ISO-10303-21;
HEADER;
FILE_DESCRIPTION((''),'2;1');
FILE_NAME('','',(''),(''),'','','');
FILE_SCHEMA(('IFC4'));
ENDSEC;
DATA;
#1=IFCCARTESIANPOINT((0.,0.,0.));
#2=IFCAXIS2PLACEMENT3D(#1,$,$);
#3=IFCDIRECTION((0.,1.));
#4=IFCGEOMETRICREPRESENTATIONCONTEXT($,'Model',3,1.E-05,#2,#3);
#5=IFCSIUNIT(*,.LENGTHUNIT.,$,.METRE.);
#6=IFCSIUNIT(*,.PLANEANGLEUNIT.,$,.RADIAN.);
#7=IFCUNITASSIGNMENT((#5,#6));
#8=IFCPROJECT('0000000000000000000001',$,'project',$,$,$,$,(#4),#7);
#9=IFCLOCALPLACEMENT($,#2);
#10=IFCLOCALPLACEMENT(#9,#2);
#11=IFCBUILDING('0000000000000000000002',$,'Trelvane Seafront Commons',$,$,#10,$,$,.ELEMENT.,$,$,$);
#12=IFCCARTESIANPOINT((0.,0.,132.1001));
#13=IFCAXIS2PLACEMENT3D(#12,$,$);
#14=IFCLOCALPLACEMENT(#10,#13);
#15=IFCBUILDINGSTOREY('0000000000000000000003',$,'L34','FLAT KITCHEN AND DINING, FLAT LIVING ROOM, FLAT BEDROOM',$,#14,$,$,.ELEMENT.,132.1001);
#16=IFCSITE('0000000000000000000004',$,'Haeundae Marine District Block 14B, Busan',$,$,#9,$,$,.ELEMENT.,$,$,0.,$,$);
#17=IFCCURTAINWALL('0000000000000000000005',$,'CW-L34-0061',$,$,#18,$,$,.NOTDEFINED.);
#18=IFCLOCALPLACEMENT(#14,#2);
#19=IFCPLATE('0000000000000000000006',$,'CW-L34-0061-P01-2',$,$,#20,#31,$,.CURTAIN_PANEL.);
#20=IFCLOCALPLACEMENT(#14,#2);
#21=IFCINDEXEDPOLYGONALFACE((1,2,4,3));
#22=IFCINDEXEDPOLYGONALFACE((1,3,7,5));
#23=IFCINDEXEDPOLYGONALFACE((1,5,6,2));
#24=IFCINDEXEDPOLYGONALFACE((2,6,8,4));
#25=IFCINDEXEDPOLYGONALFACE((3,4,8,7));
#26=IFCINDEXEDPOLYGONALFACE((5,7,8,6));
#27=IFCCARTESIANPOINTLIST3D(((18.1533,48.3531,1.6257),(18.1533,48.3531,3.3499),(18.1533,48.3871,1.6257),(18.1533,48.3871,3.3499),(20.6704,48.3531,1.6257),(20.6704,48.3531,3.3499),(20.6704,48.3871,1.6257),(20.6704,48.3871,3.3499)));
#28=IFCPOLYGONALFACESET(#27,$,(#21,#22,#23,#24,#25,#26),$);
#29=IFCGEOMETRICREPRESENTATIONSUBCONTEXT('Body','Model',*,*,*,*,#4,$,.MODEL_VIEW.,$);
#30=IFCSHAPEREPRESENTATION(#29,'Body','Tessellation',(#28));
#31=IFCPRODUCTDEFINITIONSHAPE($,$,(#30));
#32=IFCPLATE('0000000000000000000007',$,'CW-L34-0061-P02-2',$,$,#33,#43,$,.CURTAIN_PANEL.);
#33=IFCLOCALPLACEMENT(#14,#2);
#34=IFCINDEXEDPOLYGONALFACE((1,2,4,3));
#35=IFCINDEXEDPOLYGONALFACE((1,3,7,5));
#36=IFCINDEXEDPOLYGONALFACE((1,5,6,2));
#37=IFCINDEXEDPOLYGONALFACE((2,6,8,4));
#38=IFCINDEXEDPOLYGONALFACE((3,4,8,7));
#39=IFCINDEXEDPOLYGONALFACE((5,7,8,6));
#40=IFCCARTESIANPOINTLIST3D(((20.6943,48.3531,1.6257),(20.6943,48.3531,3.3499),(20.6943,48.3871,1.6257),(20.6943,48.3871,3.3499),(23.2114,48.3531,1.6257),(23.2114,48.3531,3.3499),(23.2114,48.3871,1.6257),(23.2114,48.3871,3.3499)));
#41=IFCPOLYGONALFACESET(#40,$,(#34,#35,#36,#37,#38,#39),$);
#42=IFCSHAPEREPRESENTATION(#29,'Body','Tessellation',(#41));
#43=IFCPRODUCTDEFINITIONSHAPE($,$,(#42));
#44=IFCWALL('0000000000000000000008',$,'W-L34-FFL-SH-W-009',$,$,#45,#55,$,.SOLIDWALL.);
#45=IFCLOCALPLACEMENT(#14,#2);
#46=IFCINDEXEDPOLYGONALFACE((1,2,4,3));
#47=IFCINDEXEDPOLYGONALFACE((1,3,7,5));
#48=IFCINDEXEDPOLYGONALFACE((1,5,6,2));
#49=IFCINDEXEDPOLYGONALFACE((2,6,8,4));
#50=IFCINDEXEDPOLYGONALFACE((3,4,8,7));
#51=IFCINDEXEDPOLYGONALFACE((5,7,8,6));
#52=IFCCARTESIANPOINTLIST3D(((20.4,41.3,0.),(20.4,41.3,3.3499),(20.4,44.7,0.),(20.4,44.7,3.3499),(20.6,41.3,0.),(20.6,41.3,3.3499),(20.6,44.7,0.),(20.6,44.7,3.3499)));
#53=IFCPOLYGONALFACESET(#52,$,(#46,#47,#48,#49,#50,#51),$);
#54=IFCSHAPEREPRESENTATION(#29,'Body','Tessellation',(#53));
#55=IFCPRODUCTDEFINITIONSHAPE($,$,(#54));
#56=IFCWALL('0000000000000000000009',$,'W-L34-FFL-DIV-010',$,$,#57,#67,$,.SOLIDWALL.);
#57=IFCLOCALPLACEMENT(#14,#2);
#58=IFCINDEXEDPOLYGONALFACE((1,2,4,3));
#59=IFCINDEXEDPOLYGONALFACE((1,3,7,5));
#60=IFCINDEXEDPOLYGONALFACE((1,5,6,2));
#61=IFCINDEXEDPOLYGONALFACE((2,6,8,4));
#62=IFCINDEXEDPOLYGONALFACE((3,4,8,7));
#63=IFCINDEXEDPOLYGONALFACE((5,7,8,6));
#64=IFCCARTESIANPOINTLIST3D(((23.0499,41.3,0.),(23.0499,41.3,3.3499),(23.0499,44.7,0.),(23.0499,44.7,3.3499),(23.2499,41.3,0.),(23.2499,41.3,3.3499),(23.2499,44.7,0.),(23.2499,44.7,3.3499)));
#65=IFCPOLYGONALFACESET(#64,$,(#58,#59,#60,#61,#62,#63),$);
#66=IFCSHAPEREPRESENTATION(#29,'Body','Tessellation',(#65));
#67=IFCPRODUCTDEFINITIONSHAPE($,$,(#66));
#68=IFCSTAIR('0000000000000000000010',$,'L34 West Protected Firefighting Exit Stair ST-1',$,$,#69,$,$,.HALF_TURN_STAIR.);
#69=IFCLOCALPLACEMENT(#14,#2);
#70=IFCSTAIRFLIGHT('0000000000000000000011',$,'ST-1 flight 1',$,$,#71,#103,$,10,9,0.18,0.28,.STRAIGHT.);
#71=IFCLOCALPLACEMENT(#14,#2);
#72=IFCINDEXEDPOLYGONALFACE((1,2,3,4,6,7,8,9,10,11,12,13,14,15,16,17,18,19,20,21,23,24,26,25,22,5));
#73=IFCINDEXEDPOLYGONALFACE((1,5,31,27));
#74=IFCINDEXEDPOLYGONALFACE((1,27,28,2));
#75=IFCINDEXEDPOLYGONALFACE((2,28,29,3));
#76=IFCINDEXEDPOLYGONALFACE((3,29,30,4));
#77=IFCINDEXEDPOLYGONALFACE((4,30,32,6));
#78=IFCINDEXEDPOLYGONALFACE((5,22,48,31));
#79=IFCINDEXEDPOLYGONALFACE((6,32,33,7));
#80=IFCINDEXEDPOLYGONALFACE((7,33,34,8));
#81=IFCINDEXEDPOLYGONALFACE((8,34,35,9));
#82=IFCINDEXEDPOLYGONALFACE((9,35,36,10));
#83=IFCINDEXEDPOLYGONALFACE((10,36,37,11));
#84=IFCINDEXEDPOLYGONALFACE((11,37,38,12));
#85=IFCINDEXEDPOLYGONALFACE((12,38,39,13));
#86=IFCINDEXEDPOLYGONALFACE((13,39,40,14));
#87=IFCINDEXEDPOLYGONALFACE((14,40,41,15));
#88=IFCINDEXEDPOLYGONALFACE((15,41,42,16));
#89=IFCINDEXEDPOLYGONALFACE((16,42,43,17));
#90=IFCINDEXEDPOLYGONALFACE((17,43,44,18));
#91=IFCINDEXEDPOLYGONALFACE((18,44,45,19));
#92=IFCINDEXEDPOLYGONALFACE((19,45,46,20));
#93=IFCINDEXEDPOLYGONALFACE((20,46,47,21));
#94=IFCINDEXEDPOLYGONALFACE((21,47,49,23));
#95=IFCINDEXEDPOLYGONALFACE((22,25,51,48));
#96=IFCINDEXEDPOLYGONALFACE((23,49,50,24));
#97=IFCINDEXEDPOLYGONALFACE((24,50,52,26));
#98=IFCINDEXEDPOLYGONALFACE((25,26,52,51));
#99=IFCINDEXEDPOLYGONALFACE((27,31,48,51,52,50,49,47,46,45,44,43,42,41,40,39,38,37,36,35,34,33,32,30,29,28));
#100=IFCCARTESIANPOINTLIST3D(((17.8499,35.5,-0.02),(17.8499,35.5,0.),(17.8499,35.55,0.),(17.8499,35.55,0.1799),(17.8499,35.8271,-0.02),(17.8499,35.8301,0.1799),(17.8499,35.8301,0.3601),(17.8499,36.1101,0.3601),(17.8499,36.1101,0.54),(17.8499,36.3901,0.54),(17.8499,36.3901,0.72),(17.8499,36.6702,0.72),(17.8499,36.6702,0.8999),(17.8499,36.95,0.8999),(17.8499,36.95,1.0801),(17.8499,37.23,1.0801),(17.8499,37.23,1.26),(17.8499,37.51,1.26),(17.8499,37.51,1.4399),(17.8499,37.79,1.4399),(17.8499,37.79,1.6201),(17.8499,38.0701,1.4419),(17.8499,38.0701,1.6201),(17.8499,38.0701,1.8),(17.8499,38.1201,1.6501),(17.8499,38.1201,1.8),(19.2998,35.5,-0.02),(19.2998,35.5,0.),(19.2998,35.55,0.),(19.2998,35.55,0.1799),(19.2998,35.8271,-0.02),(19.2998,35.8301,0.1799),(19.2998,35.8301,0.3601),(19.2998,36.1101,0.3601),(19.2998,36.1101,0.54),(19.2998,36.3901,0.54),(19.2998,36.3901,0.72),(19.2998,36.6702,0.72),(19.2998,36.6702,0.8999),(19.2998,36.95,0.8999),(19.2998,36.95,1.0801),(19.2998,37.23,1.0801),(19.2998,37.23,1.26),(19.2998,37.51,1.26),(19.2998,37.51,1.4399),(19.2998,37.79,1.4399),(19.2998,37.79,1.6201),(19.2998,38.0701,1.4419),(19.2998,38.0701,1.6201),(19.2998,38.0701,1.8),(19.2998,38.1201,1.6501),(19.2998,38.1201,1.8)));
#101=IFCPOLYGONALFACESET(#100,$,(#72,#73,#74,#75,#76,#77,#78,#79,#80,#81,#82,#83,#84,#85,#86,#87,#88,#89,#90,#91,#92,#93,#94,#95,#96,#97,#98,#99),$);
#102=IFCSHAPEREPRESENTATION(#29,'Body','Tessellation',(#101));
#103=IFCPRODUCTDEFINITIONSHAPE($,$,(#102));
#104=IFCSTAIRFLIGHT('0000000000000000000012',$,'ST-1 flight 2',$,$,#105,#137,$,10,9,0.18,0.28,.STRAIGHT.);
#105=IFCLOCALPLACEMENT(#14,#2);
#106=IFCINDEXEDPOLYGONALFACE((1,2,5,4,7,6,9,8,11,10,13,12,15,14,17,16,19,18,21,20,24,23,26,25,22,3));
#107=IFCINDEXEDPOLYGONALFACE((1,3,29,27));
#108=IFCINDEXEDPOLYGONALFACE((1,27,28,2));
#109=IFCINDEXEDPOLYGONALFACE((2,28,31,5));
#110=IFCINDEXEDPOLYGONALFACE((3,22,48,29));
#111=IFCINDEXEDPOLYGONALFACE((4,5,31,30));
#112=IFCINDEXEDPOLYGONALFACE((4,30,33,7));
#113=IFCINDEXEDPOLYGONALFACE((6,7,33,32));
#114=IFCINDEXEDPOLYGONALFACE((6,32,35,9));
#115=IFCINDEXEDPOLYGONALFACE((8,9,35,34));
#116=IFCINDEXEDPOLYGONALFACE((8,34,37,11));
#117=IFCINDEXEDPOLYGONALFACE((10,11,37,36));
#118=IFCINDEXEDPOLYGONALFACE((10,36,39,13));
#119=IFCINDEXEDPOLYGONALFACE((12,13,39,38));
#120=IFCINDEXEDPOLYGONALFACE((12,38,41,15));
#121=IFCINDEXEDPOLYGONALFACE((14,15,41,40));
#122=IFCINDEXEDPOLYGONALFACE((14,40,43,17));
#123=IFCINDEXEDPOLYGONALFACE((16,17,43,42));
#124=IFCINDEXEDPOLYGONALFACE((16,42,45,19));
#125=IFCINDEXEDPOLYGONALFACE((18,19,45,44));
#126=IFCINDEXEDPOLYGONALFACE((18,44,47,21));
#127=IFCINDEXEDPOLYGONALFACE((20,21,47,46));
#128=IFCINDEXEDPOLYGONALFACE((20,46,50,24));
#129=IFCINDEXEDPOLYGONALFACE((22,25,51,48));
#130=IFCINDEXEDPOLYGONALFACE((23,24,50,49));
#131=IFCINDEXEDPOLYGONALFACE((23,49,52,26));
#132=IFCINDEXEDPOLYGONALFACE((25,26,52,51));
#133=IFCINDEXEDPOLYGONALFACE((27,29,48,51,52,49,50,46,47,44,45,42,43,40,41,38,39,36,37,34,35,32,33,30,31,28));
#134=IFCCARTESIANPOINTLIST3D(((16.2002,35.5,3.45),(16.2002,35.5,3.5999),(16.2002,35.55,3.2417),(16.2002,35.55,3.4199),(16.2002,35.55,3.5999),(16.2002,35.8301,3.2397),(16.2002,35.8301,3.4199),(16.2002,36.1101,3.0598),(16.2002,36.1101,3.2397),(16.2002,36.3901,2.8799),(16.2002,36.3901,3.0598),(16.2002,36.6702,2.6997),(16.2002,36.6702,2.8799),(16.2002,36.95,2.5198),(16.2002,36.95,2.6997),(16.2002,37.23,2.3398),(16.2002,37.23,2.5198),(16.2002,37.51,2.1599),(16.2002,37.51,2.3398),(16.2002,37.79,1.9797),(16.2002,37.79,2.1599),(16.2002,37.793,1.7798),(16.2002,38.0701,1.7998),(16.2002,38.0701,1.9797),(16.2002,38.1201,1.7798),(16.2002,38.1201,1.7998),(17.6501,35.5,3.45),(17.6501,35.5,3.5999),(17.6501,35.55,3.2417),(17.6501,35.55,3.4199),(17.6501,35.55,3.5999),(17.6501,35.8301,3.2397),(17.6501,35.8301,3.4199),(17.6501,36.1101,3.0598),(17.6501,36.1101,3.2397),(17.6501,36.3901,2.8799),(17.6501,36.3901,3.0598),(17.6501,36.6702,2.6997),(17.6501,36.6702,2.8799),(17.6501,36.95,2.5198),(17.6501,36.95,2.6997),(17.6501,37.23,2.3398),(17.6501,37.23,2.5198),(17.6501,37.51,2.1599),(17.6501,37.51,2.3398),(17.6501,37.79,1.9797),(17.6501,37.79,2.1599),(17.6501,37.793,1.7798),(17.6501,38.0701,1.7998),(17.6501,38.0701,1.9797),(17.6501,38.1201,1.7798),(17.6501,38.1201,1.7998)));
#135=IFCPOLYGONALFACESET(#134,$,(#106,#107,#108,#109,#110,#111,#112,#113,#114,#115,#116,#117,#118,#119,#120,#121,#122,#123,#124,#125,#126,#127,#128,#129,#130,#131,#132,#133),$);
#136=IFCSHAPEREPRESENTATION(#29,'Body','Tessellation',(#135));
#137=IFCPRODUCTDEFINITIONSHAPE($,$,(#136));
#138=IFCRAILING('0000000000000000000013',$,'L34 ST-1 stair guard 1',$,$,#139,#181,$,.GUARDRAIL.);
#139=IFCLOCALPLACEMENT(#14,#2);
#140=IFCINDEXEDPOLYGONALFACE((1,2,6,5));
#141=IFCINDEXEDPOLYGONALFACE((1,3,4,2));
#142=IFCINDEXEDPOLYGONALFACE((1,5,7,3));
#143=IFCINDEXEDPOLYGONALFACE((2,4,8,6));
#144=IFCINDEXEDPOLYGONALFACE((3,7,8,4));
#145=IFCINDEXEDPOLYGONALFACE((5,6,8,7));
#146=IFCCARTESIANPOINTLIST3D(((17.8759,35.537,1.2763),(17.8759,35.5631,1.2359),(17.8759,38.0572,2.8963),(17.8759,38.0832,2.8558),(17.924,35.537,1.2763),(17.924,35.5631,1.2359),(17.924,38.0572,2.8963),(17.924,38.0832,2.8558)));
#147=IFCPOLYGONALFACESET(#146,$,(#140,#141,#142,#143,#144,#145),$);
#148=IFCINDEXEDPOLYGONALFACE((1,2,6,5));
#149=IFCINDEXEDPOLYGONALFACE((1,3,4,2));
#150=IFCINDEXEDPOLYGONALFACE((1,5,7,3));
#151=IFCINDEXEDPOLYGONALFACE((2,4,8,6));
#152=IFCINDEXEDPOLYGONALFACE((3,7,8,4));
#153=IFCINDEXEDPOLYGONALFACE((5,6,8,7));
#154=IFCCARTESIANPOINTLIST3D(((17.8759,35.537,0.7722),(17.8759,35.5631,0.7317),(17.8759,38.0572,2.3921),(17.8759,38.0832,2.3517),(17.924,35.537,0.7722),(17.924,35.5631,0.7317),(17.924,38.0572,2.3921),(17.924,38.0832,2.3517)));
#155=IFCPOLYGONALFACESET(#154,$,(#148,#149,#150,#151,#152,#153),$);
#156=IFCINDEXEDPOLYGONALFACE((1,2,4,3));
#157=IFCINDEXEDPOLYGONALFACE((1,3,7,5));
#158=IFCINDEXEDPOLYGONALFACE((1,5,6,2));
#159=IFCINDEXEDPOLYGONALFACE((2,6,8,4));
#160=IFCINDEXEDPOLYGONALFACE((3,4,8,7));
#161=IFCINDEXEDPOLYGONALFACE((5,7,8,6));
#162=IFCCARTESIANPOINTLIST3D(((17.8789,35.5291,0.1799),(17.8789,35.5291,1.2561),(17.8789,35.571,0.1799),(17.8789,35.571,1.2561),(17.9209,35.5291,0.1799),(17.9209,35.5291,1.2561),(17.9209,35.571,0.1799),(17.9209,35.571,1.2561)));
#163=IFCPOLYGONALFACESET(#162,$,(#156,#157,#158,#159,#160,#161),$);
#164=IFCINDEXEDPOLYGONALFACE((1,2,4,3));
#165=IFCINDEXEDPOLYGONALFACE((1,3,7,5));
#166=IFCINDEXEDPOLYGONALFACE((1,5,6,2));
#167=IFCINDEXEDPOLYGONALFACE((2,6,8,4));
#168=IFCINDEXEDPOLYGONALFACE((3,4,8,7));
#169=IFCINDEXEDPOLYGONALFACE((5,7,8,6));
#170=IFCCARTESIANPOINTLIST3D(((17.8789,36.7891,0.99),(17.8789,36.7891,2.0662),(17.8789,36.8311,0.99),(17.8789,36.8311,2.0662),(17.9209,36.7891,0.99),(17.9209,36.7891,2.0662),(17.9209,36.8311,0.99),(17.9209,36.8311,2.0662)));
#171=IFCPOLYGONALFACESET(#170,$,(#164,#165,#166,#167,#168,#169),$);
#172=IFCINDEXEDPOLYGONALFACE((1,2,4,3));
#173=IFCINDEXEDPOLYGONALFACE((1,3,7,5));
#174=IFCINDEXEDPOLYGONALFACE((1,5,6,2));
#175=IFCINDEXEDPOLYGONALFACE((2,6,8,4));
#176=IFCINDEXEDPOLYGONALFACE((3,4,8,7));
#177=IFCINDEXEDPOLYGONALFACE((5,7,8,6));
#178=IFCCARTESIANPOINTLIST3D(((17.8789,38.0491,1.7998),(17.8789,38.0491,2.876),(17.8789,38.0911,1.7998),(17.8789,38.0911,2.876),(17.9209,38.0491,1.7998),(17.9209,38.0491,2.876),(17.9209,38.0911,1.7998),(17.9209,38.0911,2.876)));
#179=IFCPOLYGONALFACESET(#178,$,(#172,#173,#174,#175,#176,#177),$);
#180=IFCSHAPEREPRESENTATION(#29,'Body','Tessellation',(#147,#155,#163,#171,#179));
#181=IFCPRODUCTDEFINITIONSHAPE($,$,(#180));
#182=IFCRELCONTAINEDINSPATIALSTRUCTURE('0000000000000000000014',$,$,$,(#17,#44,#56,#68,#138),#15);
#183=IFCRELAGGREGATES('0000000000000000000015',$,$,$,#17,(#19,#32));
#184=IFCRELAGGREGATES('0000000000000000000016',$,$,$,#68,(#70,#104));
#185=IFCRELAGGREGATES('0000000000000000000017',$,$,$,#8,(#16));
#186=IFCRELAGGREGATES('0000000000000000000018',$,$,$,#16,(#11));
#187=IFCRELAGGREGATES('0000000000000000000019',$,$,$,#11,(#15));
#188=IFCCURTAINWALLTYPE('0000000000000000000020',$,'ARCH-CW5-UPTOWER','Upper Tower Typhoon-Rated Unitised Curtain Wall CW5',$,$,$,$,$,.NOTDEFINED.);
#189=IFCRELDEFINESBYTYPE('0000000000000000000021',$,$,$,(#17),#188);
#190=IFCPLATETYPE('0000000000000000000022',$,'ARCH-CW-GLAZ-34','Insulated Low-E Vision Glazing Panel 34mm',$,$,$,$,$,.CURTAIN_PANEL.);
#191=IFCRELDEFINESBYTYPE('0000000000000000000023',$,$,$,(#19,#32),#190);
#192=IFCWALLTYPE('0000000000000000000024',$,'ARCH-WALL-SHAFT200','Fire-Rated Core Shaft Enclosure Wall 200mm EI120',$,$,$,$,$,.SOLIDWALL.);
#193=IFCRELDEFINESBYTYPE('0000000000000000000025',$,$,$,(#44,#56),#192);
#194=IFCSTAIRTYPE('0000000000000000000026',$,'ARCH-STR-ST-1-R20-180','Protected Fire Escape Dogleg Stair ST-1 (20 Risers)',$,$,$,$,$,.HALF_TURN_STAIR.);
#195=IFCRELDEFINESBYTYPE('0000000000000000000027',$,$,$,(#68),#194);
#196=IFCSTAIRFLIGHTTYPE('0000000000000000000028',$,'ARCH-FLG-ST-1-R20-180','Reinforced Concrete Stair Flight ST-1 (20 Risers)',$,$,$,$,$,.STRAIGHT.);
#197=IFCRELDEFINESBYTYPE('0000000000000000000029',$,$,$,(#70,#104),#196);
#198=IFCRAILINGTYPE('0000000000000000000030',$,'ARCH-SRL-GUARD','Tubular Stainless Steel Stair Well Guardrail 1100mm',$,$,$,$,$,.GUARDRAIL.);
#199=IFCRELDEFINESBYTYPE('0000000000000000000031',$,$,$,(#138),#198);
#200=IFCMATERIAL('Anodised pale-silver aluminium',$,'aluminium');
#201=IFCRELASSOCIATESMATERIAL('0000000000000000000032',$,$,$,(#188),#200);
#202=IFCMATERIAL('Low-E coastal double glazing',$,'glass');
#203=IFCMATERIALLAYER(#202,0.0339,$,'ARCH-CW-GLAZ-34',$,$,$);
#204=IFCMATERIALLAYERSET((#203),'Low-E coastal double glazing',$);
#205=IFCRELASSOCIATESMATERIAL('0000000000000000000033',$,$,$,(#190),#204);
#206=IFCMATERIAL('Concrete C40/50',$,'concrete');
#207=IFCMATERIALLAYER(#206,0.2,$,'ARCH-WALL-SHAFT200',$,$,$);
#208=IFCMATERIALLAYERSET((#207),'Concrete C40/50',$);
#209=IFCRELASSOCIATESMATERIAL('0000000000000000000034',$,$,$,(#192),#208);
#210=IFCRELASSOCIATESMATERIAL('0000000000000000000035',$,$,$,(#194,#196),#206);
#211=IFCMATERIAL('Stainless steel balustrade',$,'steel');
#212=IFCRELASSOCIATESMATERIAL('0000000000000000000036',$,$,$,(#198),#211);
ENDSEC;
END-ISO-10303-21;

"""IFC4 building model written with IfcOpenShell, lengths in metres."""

from ifc_helpers import new_model, si_unit, direction, frame, frame_2d, origin, origin_2d, place, context, subcontext, project, spatial, polyline, rectangle, outline, extrude, source, transform, mapped, material, layer, layer_set, type_object, element, aggregate, save


model = new_model("IFC4")

# Units and contexts
model_context = context("Model", 3, precision=1e-05, world=origin(), true_north=direction((0.0, 1.0)))
body_context = subcontext(model_context, "Body", "Model", "MODEL_VIEW")
ifc_project = project(units=[si_unit("LENGTHUNIT", "METRE"), si_unit("PLANEANGLEUNIT", "RADIAN")], contexts=[model_context])

# Site, building, storey
site_placement = place(None, origin())
site = spatial("IfcSite", under=ifc_project, at=site_placement, Name="Haeundae Marine District Block 14B, Busan", CompositionType="ELEMENT", RefElevation=0.0)
building_placement = place(site_placement, origin())
building = spatial("IfcBuilding", under=site, at=building_placement, Name="Trelvane Seafront Commons", CompositionType="ELEMENT")
storey_placement = place(building_placement, frame((0.0, 0.0, 132.1001)))
storey = spatial("IfcBuildingStorey", under=building, at=storey_placement, Name="L34", Description="FLAT KITCHEN AND DINING, FLAT LIVING ROOM, FLAT BEDROOM", CompositionType="ELEMENT", Elevation=132.1001)

# Curtain wall
ifc_material_1 = material(Name="Anodised pale-silver aluminium", Category="aluminium")
curtain_wall_type = type_object("IfcCurtainWallType", Name="ARCH-CW5-UPTOWER", Description="Upper Tower Typhoon-Rated Unitised Curtain Wall CW5", PredefinedType="NOTDEFINED", material=ifc_material_1)
curtain_wall_placement = place(storey_placement, origin())
curtain_wall = element("IfcCurtainWall", 1, at=curtain_wall_placement, inside=storey, type_object=curtain_wall_type, Name="CW-L34-0061", PredefinedType="NOTDEFINED")

# Plates
ifc_material_2 = material(Name="Low-E coastal double glazing", Category="glass")
ifc_layer_1 = layer(ifc_material_2, 0.0339, Name="ARCH-CW-GLAZ-34")
ifc_layer_set_1 = layer_set([ifc_layer_1], Name="Low-E coastal double glazing")
plate_type_1 = type_object("IfcPlateType", Name="ARCH-CW-GLAZ-34", Description="Insulated Low-E Vision Glazing Panel 34mm", PredefinedType="CURTAIN_PANEL", material=ifc_layer_set_1)
shared_shape_1 = source(origin(), body_context, "Body", "SweptSolid", [
    extrude(rectangle(XDim=2.5171, YDim=0.0339, at=origin_2d()), origin(), (0.0, 0.0, 1.0), 1.7241),
])
plate_1_placement = place(storey_placement, frame((19.4119, 48.3701, 1.6257), z_axis=(0.0, 0.0, 1.0), x_axis=(1.0, 0.0, 0.0)))
plate_1 = element("IfcPlate", 2, at=plate_1_placement, type_object=plate_type_1, Name="CW-L34-0061-P01-2", PredefinedType="CURTAIN_PANEL", context=body_context, shape_type="MappedRepresentation", body=[
    mapped(shared_shape_1, transform((0.0, 0.0, 0.0), x_axis=(1.0, 0.0, 0.0), y_axis=(0.0, 1.0, 0.0), z_axis=(0.0, 0.0, 1.0), scale=1.0)),
])
plate_2_placement = place(storey_placement, frame((21.9529, 48.3701, 1.6257), z_axis=(0.0, 0.0, 1.0), x_axis=(1.0, 0.0, 0.0)))
plate_2 = element("IfcPlate", 3, at=plate_2_placement, type_object=plate_type_1, Name="CW-L34-0061-P02-2", PredefinedType="CURTAIN_PANEL", context=body_context, shape_type="MappedRepresentation", body=[
    mapped(shared_shape_1, transform((0.0, 0.0, 0.0), x_axis=(1.0, 0.0, 0.0), y_axis=(0.0, 1.0, 0.0), z_axis=(0.0, 0.0, 1.0), scale=1.0)),
])
aggregate(curtain_wall, [plate_1, plate_2])

# Shared definitions
ifc_material_3 = material(Name="Concrete C40/50", Category="concrete")
ifc_layer_2 = layer(ifc_material_3, 0.2, Name="ARCH-WALL-SHAFT200")
ifc_layer_set_2 = layer_set([ifc_layer_2], Name="Concrete C40/50")
wall_type = type_object("IfcWallType", Name="ARCH-WALL-SHAFT200", Description="Fire-Rated Core Shaft Enclosure Wall 200mm EI120", PredefinedType="SOLIDWALL", material=ifc_layer_set_2)
ifc_material_4 = material(Name="Stainless steel balustrade", Category="steel")

# Walls
for number, where, z_axis, x_axis, name in (
    (4, (20.5, 41.3, 0.0), (0.0, 0.0, 1.0), (0.0, 1.0, 0.0), "W-L34-FFL-SH-W-009"),
    (5, (23.1499, 41.3, 0.0), (0.0, 0.0, 1.0), (0.0, 1.0, 0.0), "W-L34-FFL-DIV-010"),
):
    element("IfcWall", number, at=place(storey_placement, frame(where, z_axis=z_axis, x_axis=x_axis)), inside=storey, type_object=wall_type, Name=name, PredefinedType="SOLIDWALL", context=body_context, shape_type="SweptSolid", body=[
        extrude(rectangle(XDim=3.3999, YDim=0.2, at=frame_2d((1.7, 0.0))), origin(), (0.0, 0.0, 1.0), 3.3499),
    ])

# Stair, stair flights
stair_type = type_object("IfcStairType", Name="ARCH-STR-ST-1-R20-180", Description="Protected Fire Escape Dogleg Stair ST-1 (20 Risers)", PredefinedType="HALF_TURN_STAIR", material=ifc_material_3)
stair_placement = place(storey_placement, origin())
stair = element("IfcStair", 6, at=stair_placement, inside=storey, type_object=stair_type, Name="L34 West Protected Firefighting Exit Stair ST-1", PredefinedType="HALF_TURN_STAIR")
stair_flight_type = type_object("IfcStairFlightType", Name="ARCH-FLG-ST-1-R20-180", Description="Reinforced Concrete Stair Flight ST-1 (20 Risers)", PredefinedType="STRAIGHT", material=ifc_material_3)
shared_shape_2 = source(origin(), body_context, "Body", "SweptSolid", [
    extrude(outline(polyline([(-0.05, -0.02), (-0.05, 0.0), (0.0, 0.0), (0.0, 0.1799), (0.28, 0.1799), (0.28, 0.3601), (0.5601, 0.3601), (0.5601, 0.54), (0.8401, 0.54), (0.8401, 0.72), (1.1201, 0.72), (1.1201, 0.8999), (1.3999, 0.8999), (1.3999, 1.0801), (1.6799, 1.0801), (1.6799, 1.26), (1.96, 1.26), (1.96, 1.4399), (2.24, 1.4399), (2.24, 1.6201), (2.52, 1.6201), (2.52, 1.8), (2.5701, 1.8), (2.5701, 1.6501), (2.52, 1.4419), (0.2771, -0.02), (-0.05, -0.02)])), frame((0.0, 0.7251, 0.0), z_axis=(0.0, -1.0, 0.0), x_axis=(1.0, 0.0, 0.0)), (0.0, 0.0, 1.0), 1.45),
])
stair_flight_1_placement = place(storey_placement, frame((18.575, 35.55, 0.0), z_axis=(0.0, 0.0, 1.0), x_axis=(0.0, 1.0, 0.0)))
stair_flight_1 = element("IfcStairFlight", 7, at=stair_flight_1_placement, type_object=stair_flight_type, Name="ST-1 flight 1", NumberOfRisers=10, NumberOfTreads=9, PredefinedType="STRAIGHT", RiserHeight=0.18, TreadLength=0.28, context=body_context, shape_type="MappedRepresentation", body=[
    mapped(shared_shape_2, transform((0.0, 0.0, 0.0), x_axis=(1.0, 0.0, 0.0), y_axis=(0.0, 1.0, 0.0), z_axis=(0.0, 0.0, 1.0), scale=1.0)),
])
stair_flight_2_placement = place(storey_placement, frame((16.925, 38.0701, 1.7998), z_axis=(0.0, 0.0, 1.0), x_axis=(0.0, -1.0, 0.0)))
stair_flight_2 = element("IfcStairFlight", 8, at=stair_flight_2_placement, type_object=stair_flight_type, Name="ST-1 flight 2", NumberOfRisers=10, NumberOfTreads=9, PredefinedType="STRAIGHT", RiserHeight=0.18, TreadLength=0.28, context=body_context, shape_type="MappedRepresentation", body=[
    mapped(shared_shape_2, transform((0.0, 0.0, 0.0), x_axis=(1.0, 0.0, 0.0), y_axis=(0.0, 1.0, 0.0), z_axis=(0.0, 0.0, 1.0), scale=1.0)),
])
aggregate(stair, [stair_flight_1, stair_flight_2])

# Railing
railing_type_1 = type_object("IfcRailingType", Name="ARCH-SRL-GUARD", Description="Tubular Stainless Steel Stair Well Guardrail 1100mm", PredefinedType="GUARDRAIL", material=ifc_material_4)
railing_1_placement = place(storey_placement, frame((17.8999, 35.55, 0.1799)))
element("IfcRailing", 9, at=railing_1_placement, inside=storey, type_object=railing_type_1, Name="L34 ST-1 stair guard 1", PredefinedType="GUARDRAIL", context=body_context, shape_type="SweptSolid", body=[
    extrude(rectangle(XDim=0.0481, YDim=0.0481, at=origin_2d()), frame((0.0, 0.0, 1.0762), z_axis=(0.0, 0.8412, 0.540725), x_axis=(-1.0, 0.0, 0.0)), (0.0, 0.0, 1.0), 2.9958),
    extrude(rectangle(XDim=0.0481, YDim=0.0481, at=origin_2d()), frame((0.0, 0.0, 0.572), z_axis=(0.0, 0.8412, 0.540725), x_axis=(-1.0, 0.0, 0.0)), (0.0, 0.0, 1.0), 2.9958),
    extrude(rectangle(XDim=0.042, YDim=0.042, at=origin_2d()), origin(), (0.0, 0.0, 1.0), 1.0762),
    extrude(rectangle(XDim=0.042, YDim=0.042, at=origin_2d()), frame((0.0, 1.26, 0.8101)), (0.0, 0.0, 1.0), 1.0762),
    extrude(rectangle(XDim=0.042, YDim=0.042, at=origin_2d()), frame((0.0, 2.52, 1.6199)), (0.0, 0.0, 1.0), 1.0762),
])

save(model, "model.ifc")
